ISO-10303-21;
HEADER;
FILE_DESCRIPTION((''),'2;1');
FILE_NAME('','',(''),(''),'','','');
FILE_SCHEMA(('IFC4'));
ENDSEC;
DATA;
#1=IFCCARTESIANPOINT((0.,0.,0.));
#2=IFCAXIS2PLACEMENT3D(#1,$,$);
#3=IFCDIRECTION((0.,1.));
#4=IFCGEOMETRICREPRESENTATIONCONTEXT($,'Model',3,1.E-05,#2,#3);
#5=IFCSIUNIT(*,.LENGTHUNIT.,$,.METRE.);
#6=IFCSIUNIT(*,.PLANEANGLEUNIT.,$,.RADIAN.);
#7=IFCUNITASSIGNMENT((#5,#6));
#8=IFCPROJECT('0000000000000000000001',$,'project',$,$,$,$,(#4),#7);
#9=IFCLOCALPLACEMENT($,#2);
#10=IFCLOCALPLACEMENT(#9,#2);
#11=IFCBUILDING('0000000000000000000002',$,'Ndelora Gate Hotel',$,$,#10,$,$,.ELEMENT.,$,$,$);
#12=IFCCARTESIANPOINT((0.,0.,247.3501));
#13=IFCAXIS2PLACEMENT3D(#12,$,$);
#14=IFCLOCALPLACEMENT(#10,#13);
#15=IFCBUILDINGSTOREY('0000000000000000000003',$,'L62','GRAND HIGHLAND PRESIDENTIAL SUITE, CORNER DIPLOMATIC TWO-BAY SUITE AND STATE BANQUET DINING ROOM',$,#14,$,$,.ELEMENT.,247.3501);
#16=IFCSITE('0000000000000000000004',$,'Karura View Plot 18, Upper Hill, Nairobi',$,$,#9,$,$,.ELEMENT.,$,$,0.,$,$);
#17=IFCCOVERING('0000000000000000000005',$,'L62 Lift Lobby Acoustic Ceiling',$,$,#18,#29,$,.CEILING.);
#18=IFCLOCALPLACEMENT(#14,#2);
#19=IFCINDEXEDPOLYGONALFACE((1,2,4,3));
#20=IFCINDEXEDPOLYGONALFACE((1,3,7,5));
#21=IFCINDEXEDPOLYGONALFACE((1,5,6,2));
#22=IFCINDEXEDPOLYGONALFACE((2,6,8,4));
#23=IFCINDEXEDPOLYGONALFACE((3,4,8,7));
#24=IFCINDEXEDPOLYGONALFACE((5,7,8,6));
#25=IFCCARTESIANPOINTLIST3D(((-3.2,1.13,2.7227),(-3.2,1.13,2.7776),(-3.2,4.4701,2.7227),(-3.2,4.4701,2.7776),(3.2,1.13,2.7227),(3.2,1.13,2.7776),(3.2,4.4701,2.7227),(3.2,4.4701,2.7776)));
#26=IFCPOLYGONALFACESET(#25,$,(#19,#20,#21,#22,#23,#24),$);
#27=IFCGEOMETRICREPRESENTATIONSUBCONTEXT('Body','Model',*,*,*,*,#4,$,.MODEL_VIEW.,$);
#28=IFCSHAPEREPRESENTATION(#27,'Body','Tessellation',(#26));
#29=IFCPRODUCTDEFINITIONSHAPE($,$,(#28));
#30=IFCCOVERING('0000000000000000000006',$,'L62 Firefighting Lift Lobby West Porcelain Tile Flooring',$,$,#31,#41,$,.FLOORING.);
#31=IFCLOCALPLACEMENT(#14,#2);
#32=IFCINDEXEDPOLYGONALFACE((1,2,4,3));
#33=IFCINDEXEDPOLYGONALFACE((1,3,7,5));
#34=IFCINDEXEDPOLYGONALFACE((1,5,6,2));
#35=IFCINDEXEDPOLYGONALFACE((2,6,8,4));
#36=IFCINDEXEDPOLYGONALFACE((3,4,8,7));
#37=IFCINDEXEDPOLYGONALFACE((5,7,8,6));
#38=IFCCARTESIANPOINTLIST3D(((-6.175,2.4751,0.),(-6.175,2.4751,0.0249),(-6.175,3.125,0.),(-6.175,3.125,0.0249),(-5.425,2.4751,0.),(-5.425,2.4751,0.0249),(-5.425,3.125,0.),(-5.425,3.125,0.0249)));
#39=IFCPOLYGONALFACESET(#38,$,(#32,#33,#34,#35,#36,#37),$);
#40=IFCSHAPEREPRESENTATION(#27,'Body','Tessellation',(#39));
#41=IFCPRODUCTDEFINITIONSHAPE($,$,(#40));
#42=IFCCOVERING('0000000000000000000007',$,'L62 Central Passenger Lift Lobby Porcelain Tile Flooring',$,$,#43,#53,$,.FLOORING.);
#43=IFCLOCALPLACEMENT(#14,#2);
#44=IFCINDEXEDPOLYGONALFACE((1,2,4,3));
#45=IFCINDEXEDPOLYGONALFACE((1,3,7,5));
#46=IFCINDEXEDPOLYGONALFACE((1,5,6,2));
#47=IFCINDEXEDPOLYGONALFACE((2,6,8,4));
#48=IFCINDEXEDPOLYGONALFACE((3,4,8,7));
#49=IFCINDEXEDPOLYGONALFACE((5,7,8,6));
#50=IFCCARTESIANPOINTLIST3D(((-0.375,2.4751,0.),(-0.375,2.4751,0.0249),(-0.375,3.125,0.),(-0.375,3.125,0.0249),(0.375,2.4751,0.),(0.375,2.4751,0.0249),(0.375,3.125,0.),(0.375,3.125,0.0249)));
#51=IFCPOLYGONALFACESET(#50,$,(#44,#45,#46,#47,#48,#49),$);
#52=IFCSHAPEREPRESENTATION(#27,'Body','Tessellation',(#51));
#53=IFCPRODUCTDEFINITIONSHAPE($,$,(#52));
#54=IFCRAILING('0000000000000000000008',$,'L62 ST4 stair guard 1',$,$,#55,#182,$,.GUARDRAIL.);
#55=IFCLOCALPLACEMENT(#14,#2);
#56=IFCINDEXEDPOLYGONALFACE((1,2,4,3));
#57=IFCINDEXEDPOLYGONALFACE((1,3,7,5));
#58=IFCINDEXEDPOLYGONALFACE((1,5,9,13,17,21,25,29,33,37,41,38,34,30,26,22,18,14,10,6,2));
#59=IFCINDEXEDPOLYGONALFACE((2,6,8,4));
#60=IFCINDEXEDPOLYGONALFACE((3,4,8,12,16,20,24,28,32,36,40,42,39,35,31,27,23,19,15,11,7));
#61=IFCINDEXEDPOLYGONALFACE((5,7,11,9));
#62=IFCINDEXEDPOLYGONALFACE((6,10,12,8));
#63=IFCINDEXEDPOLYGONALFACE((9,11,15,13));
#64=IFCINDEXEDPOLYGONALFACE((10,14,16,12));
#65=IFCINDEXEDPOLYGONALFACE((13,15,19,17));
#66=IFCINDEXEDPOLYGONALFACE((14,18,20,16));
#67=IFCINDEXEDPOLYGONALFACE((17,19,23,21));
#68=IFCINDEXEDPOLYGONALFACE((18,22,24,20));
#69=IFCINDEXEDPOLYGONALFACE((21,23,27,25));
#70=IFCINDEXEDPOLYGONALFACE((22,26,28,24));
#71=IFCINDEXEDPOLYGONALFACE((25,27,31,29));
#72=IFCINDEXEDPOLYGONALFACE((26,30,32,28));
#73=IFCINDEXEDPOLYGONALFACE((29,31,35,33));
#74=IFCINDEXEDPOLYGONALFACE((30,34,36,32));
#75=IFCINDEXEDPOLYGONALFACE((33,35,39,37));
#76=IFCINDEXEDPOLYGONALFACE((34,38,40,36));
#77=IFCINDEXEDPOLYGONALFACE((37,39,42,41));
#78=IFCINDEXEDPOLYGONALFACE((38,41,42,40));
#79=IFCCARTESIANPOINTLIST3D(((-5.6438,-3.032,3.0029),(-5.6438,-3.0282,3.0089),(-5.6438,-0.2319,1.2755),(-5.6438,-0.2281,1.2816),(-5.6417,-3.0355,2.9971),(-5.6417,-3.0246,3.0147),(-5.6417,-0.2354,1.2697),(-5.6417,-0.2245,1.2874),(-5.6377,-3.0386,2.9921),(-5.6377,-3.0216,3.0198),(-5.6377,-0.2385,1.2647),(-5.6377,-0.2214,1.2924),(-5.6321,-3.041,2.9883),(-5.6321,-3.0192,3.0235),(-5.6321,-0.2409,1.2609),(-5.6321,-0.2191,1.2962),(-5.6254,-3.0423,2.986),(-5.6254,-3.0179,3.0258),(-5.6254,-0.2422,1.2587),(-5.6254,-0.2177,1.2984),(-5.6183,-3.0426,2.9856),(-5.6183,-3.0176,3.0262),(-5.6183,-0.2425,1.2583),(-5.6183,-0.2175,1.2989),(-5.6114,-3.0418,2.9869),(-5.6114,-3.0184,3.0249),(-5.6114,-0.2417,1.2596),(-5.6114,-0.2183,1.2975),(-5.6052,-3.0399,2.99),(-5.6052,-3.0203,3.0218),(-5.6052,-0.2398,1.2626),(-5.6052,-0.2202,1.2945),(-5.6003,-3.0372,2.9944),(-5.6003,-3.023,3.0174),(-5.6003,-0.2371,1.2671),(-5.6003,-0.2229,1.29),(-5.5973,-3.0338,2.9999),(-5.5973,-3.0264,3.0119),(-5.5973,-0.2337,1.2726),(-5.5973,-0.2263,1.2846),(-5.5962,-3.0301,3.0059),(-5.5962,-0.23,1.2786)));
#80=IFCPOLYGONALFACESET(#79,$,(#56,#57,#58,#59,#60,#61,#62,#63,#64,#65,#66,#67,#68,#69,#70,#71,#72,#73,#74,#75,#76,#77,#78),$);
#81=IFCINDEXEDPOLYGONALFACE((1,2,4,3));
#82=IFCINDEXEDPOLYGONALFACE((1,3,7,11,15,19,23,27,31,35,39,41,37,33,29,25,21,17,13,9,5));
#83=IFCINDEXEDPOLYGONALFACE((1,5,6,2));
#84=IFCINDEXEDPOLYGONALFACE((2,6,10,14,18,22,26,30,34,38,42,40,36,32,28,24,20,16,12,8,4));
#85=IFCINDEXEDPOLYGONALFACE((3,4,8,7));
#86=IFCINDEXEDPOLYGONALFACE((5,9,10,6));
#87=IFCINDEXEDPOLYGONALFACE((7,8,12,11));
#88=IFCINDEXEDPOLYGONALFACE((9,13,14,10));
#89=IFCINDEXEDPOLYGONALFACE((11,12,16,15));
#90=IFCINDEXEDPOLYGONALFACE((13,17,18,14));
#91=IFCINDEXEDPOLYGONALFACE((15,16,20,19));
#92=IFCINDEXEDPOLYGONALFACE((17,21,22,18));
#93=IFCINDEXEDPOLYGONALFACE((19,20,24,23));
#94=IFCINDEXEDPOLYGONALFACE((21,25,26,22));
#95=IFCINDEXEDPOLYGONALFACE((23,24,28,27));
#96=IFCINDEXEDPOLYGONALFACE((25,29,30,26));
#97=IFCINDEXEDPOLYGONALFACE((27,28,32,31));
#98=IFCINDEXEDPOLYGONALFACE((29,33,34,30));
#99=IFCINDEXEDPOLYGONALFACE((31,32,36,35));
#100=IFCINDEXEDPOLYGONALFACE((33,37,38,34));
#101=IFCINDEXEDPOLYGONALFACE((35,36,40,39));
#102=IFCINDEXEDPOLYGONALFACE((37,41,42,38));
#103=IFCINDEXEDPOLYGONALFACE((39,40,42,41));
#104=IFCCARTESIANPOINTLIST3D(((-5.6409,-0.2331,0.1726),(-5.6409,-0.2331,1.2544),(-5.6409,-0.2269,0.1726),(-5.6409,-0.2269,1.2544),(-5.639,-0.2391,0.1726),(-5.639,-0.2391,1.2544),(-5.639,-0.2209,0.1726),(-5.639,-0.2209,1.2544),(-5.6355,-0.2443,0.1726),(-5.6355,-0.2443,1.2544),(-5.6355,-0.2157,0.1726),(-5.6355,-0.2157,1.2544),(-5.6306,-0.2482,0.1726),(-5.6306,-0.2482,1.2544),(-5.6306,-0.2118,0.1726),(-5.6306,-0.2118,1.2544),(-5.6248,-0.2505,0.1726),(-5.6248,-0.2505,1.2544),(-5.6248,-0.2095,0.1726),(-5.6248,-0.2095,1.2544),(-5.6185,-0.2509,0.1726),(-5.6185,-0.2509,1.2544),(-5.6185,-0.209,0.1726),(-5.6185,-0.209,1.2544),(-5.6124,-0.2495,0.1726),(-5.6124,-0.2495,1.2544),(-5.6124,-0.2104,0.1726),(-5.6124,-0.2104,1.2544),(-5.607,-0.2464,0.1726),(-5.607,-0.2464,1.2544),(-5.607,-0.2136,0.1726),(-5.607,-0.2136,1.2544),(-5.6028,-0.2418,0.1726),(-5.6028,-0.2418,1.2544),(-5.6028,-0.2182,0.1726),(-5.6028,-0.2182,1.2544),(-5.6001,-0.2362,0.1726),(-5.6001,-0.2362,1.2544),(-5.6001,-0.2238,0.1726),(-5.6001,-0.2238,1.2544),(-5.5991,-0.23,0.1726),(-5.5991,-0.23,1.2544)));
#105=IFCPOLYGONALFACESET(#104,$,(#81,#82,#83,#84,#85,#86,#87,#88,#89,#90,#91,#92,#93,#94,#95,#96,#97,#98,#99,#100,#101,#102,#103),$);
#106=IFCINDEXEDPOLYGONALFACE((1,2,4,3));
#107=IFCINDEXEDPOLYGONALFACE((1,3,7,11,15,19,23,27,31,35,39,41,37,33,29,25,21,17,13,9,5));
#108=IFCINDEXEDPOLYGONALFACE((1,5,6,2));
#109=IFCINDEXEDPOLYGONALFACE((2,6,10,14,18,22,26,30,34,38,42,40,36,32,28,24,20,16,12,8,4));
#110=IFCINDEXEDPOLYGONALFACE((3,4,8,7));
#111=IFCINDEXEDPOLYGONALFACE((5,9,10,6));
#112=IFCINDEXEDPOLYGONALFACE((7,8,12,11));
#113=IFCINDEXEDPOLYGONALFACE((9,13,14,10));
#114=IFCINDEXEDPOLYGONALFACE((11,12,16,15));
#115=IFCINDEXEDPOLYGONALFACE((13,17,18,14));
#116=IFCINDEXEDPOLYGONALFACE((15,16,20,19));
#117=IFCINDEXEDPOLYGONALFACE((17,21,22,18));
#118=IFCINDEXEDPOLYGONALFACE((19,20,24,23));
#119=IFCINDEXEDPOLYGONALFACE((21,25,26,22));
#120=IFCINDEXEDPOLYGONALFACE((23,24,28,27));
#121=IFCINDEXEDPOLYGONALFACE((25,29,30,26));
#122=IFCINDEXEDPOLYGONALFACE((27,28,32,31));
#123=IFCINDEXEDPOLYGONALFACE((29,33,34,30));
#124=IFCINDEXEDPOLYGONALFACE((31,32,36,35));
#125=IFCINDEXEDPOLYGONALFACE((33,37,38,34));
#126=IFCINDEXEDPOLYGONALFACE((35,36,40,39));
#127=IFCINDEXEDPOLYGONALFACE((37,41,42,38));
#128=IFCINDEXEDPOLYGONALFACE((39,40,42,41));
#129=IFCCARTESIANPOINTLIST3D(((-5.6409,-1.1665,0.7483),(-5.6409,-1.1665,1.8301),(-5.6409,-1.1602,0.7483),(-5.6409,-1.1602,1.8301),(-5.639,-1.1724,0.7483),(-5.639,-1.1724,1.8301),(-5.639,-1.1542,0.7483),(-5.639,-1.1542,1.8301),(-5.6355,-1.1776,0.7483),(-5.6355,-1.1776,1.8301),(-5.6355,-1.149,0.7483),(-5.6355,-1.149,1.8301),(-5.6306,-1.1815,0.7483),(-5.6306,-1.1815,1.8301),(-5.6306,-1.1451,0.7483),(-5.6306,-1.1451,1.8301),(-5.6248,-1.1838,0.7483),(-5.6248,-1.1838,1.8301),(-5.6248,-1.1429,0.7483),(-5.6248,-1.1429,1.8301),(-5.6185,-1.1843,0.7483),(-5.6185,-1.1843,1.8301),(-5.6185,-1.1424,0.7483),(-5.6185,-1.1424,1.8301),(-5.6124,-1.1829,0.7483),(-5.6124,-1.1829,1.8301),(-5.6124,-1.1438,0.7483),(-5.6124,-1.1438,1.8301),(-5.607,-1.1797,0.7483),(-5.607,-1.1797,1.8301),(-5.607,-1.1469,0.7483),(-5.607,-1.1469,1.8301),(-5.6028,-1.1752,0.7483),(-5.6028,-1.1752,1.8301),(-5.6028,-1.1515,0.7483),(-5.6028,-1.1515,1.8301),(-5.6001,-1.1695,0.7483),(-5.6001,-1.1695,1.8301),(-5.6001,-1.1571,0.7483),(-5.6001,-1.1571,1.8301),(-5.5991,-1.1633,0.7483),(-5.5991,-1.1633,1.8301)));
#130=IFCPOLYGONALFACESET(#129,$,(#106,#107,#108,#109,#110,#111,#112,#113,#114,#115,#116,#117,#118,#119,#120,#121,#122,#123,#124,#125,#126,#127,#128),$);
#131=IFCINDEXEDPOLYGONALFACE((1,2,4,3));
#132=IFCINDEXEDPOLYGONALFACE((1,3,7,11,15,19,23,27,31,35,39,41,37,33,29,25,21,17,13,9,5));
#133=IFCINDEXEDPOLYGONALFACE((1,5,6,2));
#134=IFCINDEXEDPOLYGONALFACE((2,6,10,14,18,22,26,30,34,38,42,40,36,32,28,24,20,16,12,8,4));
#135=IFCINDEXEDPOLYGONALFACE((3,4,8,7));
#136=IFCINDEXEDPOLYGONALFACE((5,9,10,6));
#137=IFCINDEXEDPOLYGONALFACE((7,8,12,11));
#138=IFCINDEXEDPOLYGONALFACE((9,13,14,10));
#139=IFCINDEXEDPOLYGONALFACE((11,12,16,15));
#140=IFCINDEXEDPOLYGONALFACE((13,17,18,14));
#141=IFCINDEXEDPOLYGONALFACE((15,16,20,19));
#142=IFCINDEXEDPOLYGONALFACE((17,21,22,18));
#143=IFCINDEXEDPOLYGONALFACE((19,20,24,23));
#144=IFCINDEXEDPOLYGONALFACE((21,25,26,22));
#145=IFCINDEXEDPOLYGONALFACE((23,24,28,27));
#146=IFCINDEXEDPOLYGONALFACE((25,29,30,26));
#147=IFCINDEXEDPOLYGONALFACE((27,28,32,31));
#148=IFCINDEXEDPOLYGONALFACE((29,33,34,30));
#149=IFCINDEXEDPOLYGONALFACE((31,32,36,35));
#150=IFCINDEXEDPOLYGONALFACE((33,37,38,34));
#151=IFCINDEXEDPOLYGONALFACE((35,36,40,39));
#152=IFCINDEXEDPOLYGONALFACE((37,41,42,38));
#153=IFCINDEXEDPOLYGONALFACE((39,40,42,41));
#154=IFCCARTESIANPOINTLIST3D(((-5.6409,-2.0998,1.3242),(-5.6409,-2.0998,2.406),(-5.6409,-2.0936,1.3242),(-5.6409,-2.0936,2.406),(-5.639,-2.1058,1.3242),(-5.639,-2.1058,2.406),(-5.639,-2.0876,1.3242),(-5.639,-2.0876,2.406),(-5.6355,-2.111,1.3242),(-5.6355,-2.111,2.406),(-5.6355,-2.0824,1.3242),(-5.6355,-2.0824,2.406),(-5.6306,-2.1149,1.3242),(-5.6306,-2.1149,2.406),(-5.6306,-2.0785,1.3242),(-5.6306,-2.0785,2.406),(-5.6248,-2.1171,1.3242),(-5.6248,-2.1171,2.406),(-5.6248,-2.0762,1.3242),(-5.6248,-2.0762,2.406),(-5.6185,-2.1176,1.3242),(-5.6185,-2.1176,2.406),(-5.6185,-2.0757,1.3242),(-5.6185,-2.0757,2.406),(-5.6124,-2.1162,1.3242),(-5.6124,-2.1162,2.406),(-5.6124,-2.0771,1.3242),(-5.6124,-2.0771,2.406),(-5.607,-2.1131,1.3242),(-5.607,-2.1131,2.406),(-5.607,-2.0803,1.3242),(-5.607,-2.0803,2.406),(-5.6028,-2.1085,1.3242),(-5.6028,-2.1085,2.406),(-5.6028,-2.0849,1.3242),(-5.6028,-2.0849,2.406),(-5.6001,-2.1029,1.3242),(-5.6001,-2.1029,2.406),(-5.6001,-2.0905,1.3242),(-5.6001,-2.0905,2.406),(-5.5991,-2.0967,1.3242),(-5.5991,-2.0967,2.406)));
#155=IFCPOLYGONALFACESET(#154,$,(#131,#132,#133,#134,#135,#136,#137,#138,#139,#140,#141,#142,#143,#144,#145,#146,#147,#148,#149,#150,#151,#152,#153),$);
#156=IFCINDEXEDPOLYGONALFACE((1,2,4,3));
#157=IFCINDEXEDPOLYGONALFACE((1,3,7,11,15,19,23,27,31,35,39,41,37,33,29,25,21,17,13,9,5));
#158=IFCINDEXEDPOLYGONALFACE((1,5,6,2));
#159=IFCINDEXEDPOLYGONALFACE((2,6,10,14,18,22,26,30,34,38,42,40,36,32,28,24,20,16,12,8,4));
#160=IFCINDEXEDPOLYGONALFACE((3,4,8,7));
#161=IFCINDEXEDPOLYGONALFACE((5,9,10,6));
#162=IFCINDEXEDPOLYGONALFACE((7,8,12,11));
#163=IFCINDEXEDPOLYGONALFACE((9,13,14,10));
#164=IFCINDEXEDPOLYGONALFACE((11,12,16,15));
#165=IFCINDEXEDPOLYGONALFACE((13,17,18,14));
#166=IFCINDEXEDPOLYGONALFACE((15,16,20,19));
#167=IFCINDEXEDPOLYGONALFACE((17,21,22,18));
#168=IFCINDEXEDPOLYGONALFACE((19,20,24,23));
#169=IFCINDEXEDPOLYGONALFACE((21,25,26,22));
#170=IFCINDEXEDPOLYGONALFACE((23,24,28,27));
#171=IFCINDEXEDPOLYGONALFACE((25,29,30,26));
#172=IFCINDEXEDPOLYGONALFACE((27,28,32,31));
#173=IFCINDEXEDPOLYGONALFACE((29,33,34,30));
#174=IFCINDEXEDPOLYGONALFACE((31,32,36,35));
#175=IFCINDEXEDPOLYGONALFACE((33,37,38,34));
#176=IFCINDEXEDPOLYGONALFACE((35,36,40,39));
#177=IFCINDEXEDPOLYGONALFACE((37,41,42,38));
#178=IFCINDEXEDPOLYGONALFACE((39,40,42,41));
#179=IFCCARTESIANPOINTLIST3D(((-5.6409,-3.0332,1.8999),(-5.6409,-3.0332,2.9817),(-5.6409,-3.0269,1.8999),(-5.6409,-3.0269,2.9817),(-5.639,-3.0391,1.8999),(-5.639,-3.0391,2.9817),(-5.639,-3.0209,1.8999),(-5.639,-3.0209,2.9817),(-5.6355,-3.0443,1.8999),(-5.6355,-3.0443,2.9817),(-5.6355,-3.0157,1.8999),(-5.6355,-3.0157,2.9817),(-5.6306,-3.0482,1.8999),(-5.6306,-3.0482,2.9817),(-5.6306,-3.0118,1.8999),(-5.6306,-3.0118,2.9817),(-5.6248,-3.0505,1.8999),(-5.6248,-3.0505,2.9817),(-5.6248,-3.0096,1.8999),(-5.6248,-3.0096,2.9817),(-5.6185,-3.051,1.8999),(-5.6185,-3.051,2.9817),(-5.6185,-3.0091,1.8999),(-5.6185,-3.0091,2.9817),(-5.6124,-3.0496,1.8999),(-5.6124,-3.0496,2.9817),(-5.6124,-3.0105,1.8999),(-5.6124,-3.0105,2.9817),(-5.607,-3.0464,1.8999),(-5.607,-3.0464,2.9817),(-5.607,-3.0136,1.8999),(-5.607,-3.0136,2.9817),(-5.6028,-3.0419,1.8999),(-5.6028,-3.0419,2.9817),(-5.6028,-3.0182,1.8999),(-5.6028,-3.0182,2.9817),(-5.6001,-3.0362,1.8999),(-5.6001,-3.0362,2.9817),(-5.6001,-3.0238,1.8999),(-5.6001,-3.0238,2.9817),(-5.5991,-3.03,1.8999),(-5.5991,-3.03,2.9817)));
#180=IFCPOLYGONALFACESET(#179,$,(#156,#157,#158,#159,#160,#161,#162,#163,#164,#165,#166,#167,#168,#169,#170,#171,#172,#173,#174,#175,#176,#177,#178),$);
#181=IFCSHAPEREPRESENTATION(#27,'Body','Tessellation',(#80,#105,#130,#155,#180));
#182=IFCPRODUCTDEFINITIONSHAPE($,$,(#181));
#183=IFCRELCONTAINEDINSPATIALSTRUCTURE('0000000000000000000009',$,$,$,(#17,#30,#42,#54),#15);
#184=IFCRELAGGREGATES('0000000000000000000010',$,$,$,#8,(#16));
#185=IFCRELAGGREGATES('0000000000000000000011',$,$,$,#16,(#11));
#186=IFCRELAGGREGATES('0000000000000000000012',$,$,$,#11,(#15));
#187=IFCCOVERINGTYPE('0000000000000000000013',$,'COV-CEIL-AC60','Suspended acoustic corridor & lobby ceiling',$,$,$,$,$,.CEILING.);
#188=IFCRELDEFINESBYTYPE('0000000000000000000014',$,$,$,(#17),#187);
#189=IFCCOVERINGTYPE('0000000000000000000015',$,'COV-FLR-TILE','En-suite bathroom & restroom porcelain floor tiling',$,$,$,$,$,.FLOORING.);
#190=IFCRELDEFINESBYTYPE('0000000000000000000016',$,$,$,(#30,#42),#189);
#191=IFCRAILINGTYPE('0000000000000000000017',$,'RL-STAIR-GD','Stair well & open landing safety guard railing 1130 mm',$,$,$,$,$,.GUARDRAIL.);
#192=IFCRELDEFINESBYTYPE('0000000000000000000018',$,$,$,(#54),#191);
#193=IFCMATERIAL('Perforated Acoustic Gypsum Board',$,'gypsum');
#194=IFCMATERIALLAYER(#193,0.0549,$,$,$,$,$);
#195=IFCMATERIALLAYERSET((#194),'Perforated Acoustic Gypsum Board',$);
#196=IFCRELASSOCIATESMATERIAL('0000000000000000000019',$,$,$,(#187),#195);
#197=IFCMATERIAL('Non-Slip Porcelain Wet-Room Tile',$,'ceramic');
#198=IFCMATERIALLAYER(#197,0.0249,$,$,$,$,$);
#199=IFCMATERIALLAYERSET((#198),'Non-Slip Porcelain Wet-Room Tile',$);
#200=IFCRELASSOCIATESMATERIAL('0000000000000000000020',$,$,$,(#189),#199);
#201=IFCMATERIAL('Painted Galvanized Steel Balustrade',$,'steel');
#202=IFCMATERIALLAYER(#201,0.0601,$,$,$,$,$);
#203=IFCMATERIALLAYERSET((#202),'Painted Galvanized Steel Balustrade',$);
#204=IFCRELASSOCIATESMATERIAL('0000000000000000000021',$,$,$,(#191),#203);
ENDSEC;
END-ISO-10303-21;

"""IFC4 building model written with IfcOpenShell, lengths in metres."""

from ifc_helpers import new_model, si_unit, direction, frame, origin, origin_2d, place, context, subcontext, project, spatial, rectangle, circle, extrude, material, layer, layer_set, type_object, element, save


model = new_model("IFC4")

# Units and contexts
model_context = context("Model", 3, precision=1e-05, world=origin(), true_north=direction((0.0, 1.0)))
body_context = subcontext(model_context, "Body", "Model", "MODEL_VIEW")
ifc_project = project(units=[si_unit("LENGTHUNIT", "METRE"), si_unit("PLANEANGLEUNIT", "RADIAN")], contexts=[model_context])

# Site, building, storey
site_placement = place(None, origin())
site = spatial("IfcSite", under=ifc_project, at=site_placement, Name="Karura View Plot 18, Upper Hill, Nairobi", CompositionType="ELEMENT", RefElevation=0.0)
building_placement = place(site_placement, origin())
building = spatial("IfcBuilding", under=site, at=building_placement, Name="Ndelora Gate Hotel", CompositionType="ELEMENT")
storey_placement = place(building_placement, frame((0.0, 0.0, 247.3501)))
storey = spatial("IfcBuildingStorey", under=building, at=storey_placement, Name="L62", Description="GRAND HIGHLAND PRESIDENTIAL SUITE, CORNER DIPLOMATIC TWO-BAY SUITE AND STATE BANQUET DINING ROOM", CompositionType="ELEMENT", Elevation=247.3501)

# Coverings
ifc_material_1 = material(Name="Perforated Acoustic Gypsum Board", Category="gypsum")
ifc_layer_1 = layer(ifc_material_1, 0.0549)
ifc_layer_set_1 = layer_set([ifc_layer_1], Name="Perforated Acoustic Gypsum Board")
covering_type_1 = type_object("IfcCoveringType", Name="COV-CEIL-AC60", Description="Suspended acoustic corridor & lobby ceiling", PredefinedType="CEILING", material=ifc_layer_set_1)
covering_placement = place(storey_placement, frame((0.0, 2.8, 2.7227), z_axis=(0.0, 0.0, 1.0), x_axis=(1.0, 0.0, 0.0)))
element("IfcCovering", 1, at=covering_placement, inside=storey, type_object=covering_type_1, Name="L62 Lift Lobby Acoustic Ceiling", PredefinedType="CEILING", context=body_context, shape_type="SweptSolid", body=[
    extrude(rectangle(XDim=6.3999, YDim=3.3401, at=origin_2d()), origin(), (0.0, 0.0, 1.0), 0.0549),
])
ifc_material_2 = material(Name="Non-Slip Porcelain Wet-Room Tile", Category="ceramic")
ifc_layer_2 = layer(ifc_material_2, 0.0249)
ifc_layer_set_2 = layer_set([ifc_layer_2], Name="Non-Slip Porcelain Wet-Room Tile")
covering_type_2 = type_object("IfcCoveringType", Name="COV-FLR-TILE", Description="En-suite bathroom & restroom porcelain floor tiling", PredefinedType="FLOORING", material=ifc_layer_set_2)
for number, where, z_axis, x_axis, name in (
    (2, (-5.8, 2.8, 0.0), (0.0, 0.0, 1.0), (1.0, 0.0, 0.0), "L62 Firefighting Lift Lobby West Porcelain Tile Flooring"),
    (3, (0.0, 2.8, 0.0), (0.0, 0.0, 1.0), (1.0, 0.0, 0.0), "L62 Central Passenger Lift Lobby Porcelain Tile Flooring"),
):
    element("IfcCovering", number, at=place(storey_placement, frame(where, z_axis=z_axis, x_axis=x_axis)), inside=storey, type_object=covering_type_2, Name=name, PredefinedType="FLOORING", context=body_context, shape_type="SweptSolid", body=[
        extrude(rectangle(XDim=0.75, YDim=0.6499, at=origin_2d()), origin(), (0.0, 0.0, 1.0), 0.0249),
    ])

# Railing
ifc_material_3 = material(Name="Painted Galvanized Steel Balustrade", Category="steel")
ifc_layer_3 = layer(ifc_material_3, 0.0601)
ifc_layer_set_3 = layer_set([ifc_layer_3], Name="Painted Galvanized Steel Balustrade")
railing_type = type_object("IfcRailingType", Name="RL-STAIR-GD", Description="Stair well & open landing safety guard railing 1130 mm", PredefinedType="GUARDRAIL", material=ifc_layer_set_3)
railing_1_placement = place(storey_placement, frame((-5.6201, -0.23, 0.1726)))
element("IfcRailing", 4, at=railing_1_placement, inside=storey, type_object=railing_type, Name="L62 ST4 stair guard 1", PredefinedType="GUARDRAIL", context=body_context, shape_type="SweptSolid", body=[
    extrude(circle(Radius=0.0239, at=origin_2d()), frame((0.0, 0.0, 1.106), z_axis=(0.0, -0.85109, 0.52502), x_axis=(1.0, 0.0, 0.0)), (0.0, 0.0, 1.0), 3.29),
    extrude(circle(Radius=0.021, at=origin_2d()), origin(), (0.0, 0.0, 1.0), 1.0818),
    extrude(circle(Radius=0.021, at=origin_2d()), frame((0.0, -0.9333, 0.5757)), (0.0, 0.0, 1.0), 1.0818),
    extrude(circle(Radius=0.021, at=origin_2d()), frame((0.0, -1.8667, 1.1516)), (0.0, 0.0, 1.0), 1.0818),
    extrude(circle(Radius=0.021, at=origin_2d()), frame((0.0, -2.8, 1.7273)), (0.0, 0.0, 1.0), 1.0818),
])

save(model, "model.ifc")
